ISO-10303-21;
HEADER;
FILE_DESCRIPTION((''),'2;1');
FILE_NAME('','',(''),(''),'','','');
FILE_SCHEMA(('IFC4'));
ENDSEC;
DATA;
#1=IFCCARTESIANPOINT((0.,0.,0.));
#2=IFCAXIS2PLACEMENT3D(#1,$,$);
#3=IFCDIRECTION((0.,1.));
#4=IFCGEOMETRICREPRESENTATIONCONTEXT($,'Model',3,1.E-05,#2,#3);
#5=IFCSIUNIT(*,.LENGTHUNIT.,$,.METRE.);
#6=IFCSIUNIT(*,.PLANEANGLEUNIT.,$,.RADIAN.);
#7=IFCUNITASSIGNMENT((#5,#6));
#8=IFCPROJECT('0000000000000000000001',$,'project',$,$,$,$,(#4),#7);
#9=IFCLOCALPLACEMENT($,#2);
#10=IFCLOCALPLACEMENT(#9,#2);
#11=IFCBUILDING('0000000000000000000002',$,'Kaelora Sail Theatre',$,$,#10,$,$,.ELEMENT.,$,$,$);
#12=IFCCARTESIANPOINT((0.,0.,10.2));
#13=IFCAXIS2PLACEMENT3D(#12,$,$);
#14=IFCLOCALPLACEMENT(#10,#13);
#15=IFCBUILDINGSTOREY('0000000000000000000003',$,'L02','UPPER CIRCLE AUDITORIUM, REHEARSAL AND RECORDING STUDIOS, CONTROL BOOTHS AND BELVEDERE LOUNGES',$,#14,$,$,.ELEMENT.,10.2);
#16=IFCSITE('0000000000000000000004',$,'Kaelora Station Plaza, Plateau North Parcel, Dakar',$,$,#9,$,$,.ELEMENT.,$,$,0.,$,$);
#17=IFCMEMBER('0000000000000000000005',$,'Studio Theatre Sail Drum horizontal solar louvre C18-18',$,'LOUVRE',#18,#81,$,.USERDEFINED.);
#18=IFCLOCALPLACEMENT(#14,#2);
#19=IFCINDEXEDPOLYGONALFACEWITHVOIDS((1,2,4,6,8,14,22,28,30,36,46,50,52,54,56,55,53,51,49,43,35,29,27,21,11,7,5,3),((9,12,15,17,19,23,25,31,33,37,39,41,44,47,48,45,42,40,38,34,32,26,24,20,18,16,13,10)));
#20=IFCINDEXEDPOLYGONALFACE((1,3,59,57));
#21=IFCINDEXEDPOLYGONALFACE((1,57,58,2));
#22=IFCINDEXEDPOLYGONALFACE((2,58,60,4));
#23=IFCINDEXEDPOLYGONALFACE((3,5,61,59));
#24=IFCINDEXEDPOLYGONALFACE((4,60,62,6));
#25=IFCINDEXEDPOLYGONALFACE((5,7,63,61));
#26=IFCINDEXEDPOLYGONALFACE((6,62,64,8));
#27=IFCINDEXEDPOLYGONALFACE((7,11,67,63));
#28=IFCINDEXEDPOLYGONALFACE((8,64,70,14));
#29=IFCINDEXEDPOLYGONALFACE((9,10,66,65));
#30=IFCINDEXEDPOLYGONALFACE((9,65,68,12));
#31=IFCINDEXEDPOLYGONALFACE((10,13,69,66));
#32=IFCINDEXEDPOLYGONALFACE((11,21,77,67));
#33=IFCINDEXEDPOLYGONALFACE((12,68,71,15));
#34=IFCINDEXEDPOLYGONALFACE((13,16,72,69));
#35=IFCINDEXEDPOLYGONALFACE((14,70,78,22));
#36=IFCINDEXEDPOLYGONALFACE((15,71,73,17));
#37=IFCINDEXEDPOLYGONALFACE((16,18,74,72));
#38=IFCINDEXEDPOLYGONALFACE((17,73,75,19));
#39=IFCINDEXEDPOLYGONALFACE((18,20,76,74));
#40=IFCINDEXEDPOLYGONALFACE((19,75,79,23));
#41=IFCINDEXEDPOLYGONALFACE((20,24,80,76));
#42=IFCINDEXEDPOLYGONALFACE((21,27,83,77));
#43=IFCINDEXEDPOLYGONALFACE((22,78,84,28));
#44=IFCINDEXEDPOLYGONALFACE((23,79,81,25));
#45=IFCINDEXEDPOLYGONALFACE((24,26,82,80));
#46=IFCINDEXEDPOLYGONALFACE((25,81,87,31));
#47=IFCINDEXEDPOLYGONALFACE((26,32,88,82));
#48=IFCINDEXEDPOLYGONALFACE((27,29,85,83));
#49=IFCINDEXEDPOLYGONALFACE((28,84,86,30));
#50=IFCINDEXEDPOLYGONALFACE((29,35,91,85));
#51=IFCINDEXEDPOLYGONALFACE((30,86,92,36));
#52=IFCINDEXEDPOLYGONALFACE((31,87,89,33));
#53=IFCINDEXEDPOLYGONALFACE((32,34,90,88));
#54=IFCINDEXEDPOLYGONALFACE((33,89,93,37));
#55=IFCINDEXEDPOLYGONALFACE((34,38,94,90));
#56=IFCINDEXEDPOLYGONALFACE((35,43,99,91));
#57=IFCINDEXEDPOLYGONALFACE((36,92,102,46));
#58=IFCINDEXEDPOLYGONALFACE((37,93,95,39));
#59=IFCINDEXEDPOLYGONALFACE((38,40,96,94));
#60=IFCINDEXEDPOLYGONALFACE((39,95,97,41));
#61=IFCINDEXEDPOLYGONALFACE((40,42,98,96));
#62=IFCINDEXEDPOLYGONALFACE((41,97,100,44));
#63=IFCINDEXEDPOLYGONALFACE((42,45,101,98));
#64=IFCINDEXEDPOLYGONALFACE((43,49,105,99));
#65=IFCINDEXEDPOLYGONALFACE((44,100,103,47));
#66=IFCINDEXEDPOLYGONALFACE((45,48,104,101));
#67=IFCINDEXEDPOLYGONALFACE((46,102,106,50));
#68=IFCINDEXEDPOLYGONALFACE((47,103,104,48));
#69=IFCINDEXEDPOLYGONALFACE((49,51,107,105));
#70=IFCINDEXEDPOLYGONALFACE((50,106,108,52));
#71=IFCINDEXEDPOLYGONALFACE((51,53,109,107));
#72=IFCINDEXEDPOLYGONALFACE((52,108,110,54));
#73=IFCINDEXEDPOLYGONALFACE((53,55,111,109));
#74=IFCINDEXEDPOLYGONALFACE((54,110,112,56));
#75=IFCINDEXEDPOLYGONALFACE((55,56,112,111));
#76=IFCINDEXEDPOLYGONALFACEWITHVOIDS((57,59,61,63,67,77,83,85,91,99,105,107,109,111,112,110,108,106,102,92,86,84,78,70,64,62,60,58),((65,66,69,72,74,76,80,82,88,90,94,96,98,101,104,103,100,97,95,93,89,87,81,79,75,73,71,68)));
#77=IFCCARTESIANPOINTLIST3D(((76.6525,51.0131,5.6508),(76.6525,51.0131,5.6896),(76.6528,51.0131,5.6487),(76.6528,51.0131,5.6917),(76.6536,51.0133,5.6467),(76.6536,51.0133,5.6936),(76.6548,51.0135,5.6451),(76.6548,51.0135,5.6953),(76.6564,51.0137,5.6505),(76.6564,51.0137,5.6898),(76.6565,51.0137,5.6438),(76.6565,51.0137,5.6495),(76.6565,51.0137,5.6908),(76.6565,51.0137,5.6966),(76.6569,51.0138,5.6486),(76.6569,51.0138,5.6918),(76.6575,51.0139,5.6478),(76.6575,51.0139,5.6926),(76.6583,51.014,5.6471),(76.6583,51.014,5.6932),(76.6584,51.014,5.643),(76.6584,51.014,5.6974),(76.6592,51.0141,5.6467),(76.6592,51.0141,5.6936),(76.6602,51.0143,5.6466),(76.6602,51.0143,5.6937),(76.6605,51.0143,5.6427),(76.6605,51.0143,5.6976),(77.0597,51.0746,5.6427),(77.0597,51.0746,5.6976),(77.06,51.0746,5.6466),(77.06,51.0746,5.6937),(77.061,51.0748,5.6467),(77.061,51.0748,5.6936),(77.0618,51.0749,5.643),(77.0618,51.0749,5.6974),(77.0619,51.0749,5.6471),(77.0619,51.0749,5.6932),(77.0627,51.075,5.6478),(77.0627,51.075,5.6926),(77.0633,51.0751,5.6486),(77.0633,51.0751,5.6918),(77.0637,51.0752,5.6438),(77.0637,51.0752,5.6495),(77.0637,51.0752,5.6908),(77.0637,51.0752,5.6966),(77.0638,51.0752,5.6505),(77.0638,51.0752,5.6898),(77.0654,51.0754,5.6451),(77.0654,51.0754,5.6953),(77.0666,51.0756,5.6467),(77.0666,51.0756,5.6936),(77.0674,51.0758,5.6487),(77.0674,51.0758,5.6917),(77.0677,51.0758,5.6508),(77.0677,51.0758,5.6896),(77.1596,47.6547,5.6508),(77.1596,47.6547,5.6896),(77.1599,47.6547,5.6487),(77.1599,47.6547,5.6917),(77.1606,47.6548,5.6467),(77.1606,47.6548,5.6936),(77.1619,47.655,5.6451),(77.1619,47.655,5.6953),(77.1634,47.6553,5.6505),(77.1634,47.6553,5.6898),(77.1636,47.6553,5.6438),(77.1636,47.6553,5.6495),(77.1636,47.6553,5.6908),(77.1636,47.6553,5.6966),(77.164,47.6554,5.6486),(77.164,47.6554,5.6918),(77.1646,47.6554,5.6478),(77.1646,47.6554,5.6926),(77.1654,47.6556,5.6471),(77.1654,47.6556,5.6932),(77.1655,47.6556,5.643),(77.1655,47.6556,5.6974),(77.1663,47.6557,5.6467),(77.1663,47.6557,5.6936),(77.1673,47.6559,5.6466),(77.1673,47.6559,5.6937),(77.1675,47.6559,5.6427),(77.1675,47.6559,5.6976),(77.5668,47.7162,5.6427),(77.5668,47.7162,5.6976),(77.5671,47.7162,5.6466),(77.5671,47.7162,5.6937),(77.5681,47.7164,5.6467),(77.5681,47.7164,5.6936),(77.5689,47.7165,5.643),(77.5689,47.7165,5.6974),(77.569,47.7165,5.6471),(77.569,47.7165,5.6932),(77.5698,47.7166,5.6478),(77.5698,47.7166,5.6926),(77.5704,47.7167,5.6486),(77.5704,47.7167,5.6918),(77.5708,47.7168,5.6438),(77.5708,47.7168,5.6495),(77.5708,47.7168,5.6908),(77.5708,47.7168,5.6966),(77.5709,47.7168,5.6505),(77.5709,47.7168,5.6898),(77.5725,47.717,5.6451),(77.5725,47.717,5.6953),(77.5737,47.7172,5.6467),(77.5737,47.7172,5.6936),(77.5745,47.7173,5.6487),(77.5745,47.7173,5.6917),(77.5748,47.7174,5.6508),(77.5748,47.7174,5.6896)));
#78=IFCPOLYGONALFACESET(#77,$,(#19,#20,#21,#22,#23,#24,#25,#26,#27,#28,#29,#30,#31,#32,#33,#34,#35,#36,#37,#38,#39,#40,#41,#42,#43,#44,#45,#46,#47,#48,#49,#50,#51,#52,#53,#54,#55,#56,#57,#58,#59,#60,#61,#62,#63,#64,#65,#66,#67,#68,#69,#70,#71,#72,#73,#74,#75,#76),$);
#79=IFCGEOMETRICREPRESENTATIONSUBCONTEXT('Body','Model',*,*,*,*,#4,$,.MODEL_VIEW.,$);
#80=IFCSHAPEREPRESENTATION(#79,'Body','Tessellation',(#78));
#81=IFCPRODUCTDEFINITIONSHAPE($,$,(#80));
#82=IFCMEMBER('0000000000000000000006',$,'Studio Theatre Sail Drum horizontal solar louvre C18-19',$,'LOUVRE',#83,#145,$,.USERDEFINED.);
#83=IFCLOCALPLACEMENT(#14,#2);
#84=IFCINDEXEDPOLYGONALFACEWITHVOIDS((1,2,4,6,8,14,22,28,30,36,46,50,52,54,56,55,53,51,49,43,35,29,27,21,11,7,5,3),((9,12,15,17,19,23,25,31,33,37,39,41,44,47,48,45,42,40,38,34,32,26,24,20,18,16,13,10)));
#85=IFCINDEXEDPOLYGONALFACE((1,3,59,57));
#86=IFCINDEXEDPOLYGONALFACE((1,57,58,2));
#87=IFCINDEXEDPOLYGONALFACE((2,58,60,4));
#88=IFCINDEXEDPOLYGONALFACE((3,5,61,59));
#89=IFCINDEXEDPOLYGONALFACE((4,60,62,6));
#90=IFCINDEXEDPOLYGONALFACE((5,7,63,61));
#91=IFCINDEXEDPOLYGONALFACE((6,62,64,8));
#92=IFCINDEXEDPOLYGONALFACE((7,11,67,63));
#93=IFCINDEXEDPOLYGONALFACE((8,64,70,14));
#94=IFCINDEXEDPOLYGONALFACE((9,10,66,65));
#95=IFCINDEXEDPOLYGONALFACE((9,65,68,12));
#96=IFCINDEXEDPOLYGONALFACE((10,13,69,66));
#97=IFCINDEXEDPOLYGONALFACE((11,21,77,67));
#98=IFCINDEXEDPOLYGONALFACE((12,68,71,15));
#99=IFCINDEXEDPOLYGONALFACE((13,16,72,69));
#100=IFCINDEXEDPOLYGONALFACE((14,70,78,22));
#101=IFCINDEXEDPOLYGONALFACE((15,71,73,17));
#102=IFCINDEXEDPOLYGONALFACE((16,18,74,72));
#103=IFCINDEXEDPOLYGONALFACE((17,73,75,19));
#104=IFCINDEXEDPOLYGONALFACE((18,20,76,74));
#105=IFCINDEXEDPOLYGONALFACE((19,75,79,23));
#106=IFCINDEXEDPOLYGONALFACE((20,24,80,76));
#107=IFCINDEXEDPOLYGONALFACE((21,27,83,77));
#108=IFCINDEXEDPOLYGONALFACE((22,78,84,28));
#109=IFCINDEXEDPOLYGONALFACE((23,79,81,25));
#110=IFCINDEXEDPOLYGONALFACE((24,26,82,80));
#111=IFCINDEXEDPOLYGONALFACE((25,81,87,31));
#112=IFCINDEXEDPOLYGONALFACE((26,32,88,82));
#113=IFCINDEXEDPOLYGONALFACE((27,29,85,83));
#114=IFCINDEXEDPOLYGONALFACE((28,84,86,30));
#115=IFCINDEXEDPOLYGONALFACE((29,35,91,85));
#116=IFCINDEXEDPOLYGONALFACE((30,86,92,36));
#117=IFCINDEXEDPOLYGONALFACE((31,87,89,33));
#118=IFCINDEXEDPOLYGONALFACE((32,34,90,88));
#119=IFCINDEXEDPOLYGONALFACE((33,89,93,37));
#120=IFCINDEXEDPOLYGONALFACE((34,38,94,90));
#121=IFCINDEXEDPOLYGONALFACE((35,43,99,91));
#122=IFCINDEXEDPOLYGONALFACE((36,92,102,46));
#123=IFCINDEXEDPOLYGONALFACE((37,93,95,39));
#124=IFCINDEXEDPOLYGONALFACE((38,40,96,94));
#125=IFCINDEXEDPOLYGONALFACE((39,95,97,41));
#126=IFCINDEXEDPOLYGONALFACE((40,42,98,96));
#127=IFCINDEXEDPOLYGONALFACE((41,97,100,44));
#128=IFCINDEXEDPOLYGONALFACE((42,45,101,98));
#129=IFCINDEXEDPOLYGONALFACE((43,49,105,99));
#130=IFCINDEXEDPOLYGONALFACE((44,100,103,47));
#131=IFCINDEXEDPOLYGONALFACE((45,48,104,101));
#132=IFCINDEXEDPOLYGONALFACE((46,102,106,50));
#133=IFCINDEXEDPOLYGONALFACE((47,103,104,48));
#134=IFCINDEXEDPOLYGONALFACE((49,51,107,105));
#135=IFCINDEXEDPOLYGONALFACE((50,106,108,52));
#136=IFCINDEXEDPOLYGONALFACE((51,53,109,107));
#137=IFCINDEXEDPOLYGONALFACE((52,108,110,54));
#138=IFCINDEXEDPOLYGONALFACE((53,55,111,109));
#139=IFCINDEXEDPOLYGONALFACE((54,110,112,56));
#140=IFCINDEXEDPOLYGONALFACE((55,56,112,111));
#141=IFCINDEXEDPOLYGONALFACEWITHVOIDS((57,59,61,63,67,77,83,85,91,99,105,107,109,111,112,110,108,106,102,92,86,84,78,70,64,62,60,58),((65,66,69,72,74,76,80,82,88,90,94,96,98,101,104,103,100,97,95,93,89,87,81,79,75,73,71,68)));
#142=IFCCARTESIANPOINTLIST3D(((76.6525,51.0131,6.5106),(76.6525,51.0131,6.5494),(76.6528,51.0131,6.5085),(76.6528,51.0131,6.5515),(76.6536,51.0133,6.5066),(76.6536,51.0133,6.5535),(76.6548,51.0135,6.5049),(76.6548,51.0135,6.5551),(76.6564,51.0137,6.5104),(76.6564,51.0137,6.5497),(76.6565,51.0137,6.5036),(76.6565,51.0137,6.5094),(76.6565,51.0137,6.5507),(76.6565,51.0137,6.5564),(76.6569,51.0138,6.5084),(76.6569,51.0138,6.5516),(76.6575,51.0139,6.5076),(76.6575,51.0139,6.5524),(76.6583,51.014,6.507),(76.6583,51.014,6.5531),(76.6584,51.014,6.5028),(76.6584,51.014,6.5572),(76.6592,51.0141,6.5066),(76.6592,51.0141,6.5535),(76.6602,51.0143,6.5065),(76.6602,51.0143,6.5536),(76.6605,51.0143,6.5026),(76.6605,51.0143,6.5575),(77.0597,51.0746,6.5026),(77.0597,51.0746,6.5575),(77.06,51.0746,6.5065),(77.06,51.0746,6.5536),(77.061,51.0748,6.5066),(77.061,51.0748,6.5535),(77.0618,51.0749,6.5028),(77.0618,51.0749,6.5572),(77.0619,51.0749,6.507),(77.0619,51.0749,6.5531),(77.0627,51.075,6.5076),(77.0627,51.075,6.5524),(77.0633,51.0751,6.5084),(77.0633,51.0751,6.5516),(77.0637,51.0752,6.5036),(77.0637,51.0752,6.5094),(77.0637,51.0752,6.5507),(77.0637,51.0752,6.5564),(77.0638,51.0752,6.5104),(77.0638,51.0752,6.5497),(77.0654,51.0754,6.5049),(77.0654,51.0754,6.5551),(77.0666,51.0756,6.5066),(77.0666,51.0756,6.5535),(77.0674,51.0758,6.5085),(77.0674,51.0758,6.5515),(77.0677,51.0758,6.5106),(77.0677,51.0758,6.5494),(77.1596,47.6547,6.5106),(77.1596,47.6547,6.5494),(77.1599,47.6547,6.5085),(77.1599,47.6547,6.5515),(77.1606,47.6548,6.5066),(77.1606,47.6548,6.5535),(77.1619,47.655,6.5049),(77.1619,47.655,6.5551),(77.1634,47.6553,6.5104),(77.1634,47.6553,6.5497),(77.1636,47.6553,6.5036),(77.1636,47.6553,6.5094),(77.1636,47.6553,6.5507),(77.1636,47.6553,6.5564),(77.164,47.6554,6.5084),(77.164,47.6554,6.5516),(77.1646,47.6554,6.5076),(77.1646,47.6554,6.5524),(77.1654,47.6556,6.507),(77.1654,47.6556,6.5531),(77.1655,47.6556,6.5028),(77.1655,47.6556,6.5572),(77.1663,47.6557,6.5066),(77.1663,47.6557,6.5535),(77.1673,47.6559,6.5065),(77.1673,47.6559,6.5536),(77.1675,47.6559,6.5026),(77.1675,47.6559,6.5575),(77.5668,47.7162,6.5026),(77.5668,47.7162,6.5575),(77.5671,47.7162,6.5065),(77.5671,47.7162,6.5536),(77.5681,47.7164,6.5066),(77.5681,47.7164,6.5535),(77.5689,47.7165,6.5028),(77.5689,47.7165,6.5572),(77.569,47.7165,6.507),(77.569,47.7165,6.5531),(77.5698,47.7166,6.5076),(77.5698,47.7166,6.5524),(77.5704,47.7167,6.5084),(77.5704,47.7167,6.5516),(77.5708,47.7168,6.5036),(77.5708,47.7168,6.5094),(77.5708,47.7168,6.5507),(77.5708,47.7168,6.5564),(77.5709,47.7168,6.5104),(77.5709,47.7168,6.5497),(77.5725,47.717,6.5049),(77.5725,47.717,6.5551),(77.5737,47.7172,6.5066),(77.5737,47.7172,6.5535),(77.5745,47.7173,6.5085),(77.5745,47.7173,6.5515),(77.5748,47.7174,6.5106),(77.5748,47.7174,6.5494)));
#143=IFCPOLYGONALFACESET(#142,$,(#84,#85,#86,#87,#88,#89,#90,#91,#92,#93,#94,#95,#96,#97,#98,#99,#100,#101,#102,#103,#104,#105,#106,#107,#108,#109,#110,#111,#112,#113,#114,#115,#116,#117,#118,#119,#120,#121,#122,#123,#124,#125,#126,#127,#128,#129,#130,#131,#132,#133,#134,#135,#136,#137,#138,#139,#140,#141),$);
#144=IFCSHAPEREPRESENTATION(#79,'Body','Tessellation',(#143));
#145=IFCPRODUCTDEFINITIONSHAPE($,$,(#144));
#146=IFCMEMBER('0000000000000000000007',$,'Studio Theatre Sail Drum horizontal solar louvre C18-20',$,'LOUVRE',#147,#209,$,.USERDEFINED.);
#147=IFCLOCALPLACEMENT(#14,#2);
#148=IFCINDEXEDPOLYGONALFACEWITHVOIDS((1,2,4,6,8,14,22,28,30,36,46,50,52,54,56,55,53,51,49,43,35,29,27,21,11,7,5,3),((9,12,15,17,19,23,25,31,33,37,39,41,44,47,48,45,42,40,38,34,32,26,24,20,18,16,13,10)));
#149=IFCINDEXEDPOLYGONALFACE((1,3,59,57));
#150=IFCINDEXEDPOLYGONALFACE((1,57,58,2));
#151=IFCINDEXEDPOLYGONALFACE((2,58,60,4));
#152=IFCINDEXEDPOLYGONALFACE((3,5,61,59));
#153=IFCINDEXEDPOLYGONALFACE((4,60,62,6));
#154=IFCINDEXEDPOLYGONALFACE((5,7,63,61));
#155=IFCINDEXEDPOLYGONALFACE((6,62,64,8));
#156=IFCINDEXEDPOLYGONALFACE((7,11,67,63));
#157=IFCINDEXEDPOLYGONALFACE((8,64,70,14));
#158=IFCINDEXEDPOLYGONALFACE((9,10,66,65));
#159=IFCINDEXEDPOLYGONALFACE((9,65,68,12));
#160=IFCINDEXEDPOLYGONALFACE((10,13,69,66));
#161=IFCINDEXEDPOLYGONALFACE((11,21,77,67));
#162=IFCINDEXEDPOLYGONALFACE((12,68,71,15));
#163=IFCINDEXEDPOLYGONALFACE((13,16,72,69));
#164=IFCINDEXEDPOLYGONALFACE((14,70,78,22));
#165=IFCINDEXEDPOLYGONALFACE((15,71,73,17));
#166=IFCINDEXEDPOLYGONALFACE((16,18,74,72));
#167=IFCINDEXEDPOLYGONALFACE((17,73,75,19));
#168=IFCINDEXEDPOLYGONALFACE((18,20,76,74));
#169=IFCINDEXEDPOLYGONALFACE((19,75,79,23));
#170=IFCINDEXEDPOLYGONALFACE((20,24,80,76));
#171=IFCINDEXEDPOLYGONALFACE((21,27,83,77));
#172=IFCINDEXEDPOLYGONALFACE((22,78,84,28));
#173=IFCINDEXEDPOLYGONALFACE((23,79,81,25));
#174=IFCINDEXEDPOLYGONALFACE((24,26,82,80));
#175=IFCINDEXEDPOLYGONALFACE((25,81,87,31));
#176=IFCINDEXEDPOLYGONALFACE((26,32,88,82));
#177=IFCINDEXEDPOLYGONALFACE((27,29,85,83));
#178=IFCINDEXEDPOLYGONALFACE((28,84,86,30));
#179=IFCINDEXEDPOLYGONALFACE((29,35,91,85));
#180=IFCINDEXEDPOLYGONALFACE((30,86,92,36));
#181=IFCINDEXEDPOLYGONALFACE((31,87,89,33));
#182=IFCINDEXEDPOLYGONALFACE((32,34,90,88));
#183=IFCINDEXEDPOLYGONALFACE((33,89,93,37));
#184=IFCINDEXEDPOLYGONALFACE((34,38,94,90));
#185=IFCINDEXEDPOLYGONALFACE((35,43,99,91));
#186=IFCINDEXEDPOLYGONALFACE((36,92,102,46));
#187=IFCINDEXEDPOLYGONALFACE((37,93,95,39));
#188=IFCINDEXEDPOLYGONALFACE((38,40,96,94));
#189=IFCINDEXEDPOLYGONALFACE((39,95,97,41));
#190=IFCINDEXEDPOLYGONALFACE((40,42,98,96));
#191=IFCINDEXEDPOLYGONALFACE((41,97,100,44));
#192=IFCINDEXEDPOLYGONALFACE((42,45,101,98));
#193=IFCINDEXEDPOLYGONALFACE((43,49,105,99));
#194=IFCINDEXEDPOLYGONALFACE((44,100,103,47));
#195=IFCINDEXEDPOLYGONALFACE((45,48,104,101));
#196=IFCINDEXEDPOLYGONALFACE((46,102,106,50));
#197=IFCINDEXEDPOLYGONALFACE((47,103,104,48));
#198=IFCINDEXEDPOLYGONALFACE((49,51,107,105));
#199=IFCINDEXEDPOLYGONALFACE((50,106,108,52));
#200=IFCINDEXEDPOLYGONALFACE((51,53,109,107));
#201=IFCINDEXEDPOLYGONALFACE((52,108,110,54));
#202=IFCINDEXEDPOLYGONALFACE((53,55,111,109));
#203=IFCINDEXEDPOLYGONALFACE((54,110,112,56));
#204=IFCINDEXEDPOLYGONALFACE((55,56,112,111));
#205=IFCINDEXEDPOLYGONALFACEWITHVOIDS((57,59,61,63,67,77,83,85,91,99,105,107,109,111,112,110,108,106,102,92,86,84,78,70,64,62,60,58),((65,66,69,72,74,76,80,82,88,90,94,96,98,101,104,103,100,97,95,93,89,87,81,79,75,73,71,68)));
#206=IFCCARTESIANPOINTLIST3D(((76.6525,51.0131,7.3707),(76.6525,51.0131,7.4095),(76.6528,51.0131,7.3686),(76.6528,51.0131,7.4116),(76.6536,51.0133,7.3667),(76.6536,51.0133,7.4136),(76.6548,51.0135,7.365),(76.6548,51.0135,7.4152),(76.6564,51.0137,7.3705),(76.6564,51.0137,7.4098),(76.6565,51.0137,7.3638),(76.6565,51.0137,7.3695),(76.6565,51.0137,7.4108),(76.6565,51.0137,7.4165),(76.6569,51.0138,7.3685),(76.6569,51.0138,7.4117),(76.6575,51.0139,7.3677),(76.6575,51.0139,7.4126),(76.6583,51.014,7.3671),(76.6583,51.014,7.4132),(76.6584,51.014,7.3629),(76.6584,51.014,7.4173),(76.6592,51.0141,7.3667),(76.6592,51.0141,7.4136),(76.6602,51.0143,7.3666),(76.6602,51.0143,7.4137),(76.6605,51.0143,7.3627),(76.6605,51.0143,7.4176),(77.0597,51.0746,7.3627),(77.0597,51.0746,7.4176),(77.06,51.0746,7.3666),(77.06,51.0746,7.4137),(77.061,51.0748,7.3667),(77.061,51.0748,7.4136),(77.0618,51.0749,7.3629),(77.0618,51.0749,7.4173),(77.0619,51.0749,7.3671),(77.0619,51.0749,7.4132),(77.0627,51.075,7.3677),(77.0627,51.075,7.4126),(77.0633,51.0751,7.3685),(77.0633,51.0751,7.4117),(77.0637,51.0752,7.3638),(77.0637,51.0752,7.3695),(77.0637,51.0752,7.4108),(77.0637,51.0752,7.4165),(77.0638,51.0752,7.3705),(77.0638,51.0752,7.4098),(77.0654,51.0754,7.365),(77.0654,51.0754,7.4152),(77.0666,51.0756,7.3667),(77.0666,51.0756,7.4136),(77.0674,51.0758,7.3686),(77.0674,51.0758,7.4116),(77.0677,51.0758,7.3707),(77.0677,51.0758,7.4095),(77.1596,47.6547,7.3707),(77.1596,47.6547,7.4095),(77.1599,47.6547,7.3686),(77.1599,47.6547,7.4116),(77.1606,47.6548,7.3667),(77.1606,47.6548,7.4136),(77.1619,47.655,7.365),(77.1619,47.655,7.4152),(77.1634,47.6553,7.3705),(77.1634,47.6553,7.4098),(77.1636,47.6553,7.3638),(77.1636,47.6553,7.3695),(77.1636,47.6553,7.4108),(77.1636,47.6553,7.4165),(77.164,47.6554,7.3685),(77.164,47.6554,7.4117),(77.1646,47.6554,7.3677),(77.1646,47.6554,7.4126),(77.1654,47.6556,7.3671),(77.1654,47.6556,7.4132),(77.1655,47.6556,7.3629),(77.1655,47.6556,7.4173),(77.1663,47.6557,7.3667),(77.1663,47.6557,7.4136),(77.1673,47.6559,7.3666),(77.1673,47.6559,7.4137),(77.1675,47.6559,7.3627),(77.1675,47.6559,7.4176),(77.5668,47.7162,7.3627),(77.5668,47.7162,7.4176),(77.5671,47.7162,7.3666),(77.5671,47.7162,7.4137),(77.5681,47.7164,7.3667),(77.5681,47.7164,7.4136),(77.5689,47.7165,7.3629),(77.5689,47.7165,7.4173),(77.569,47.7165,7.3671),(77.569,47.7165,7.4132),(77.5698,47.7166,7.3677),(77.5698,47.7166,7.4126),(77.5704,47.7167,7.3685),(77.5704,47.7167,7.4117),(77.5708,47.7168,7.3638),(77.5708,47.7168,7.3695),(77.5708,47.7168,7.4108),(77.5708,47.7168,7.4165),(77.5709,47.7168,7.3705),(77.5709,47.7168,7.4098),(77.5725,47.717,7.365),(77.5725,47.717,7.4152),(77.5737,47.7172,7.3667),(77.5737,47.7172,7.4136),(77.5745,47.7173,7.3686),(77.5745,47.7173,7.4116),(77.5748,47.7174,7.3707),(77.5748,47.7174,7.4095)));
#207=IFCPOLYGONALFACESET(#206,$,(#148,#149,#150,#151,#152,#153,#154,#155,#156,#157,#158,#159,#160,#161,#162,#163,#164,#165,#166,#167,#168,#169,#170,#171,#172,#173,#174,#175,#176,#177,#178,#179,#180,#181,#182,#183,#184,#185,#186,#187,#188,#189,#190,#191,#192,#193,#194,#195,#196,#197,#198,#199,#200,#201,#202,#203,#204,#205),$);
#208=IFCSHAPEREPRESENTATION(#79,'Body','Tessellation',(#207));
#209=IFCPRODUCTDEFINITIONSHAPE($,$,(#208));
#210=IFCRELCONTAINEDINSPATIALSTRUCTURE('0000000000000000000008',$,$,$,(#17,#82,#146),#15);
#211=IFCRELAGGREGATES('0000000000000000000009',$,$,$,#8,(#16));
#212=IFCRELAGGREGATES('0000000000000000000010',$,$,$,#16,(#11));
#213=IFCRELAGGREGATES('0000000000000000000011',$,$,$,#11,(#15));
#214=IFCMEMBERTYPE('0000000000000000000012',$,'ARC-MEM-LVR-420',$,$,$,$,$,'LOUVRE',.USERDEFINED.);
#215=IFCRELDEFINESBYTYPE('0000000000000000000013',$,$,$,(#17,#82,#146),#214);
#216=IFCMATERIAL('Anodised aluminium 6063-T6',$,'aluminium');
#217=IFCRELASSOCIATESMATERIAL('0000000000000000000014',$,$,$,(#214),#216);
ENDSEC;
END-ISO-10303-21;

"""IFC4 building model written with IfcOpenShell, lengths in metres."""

from ifc_helpers import new_model, si_unit, direction, frame, origin, origin_2d, place, context, subcontext, project, spatial, hollow_rectangle, extrude, material, material_profile, profile_set, type_object, element, save


model = new_model("IFC4")

# Units and contexts
model_context = context("Model", 3, precision=1e-05, world=origin(), true_north=direction((0.0, 1.0)))
body_context = subcontext(model_context, "Body", "Model", "MODEL_VIEW")
ifc_project = project(units=[si_unit("LENGTHUNIT", "METRE"), si_unit("PLANEANGLEUNIT", "RADIAN")], contexts=[model_context])

# Site, building, storey
site_placement = place(None, origin())
site = spatial("IfcSite", under=ifc_project, at=site_placement, Name="Kaelora Station Plaza, Plateau North Parcel, Dakar", CompositionType="ELEMENT", RefElevation=0.0)
building_placement = place(site_placement, origin())
building = spatial("IfcBuilding", under=site, at=building_placement, Name="Kaelora Sail Theatre", CompositionType="ELEMENT")
storey_placement = place(building_placement, frame((0.0, 0.0, 10.2)))
storey = spatial("IfcBuildingStorey", under=building, at=storey_placement, Name="L02", Description="UPPER CIRCLE AUDITORIUM, REHEARSAL AND RECORDING STUDIOS, CONTROL BOOTHS AND BELVEDERE LOUNGES", CompositionType="ELEMENT", Elevation=10.2)

# Members
ifc_material_1 = material(Name="Anodised aluminium 6063-T6", Category="aluminium")
ifc_material_profile_1 = material_profile(ifc_material_1, hollow_rectangle(XDim=0.4199, YDim=0.0549, WallThickness=0.0039, InnerFilletRadius=0.0039, OuterFilletRadius=0.0081, at=origin_2d()), Name="LOUVRE 420x55x4")
ifc_profile_set_1 = profile_set([ifc_material_profile_1], Name="Anodised aluminium 6063-T6")
member_type = type_object("IfcMemberType", Name="ARC-MEM-LVR-420", ElementType="LOUVRE", PredefinedType="USERDEFINED", material=ifc_profile_set_1)
for number, where, z_axis, x_axis, name in (
    (1, (77.3672, 47.686, 5.6702), (-0.149296, 0.988792, 0.0), (-0.988792, -0.149296, 0.0), "Studio Theatre Sail Drum horizontal solar louvre C18-18"),
    (2, (77.3672, 47.686, 6.53), (-0.149296, 0.988792, 0.0), (-0.988792, -0.149296, 0.0), "Studio Theatre Sail Drum horizontal solar louvre C18-19"),
    (3, (77.3672, 47.686, 7.3901), (-0.149296, 0.988792, 0.0), (-0.988792, -0.149296, 0.0), "Studio Theatre Sail Drum horizontal solar louvre C18-20"),
):
    element("IfcMember", number, at=place(storey_placement, frame(where, z_axis=z_axis, x_axis=x_axis)), inside=storey, type_object=member_type, Name=name, ObjectType="LOUVRE", PredefinedType="USERDEFINED", context=body_context, shape_type="SweptSolid", body=[
        extrude(hollow_rectangle(XDim=0.4199, YDim=0.0549, WallThickness=0.0039, InnerFilletRadius=0.0039, OuterFilletRadius=0.0081, at=origin_2d()), origin(), (0.0, 0.0, 1.0), 3.3965),
    ])

save(model, "model.ifc")
